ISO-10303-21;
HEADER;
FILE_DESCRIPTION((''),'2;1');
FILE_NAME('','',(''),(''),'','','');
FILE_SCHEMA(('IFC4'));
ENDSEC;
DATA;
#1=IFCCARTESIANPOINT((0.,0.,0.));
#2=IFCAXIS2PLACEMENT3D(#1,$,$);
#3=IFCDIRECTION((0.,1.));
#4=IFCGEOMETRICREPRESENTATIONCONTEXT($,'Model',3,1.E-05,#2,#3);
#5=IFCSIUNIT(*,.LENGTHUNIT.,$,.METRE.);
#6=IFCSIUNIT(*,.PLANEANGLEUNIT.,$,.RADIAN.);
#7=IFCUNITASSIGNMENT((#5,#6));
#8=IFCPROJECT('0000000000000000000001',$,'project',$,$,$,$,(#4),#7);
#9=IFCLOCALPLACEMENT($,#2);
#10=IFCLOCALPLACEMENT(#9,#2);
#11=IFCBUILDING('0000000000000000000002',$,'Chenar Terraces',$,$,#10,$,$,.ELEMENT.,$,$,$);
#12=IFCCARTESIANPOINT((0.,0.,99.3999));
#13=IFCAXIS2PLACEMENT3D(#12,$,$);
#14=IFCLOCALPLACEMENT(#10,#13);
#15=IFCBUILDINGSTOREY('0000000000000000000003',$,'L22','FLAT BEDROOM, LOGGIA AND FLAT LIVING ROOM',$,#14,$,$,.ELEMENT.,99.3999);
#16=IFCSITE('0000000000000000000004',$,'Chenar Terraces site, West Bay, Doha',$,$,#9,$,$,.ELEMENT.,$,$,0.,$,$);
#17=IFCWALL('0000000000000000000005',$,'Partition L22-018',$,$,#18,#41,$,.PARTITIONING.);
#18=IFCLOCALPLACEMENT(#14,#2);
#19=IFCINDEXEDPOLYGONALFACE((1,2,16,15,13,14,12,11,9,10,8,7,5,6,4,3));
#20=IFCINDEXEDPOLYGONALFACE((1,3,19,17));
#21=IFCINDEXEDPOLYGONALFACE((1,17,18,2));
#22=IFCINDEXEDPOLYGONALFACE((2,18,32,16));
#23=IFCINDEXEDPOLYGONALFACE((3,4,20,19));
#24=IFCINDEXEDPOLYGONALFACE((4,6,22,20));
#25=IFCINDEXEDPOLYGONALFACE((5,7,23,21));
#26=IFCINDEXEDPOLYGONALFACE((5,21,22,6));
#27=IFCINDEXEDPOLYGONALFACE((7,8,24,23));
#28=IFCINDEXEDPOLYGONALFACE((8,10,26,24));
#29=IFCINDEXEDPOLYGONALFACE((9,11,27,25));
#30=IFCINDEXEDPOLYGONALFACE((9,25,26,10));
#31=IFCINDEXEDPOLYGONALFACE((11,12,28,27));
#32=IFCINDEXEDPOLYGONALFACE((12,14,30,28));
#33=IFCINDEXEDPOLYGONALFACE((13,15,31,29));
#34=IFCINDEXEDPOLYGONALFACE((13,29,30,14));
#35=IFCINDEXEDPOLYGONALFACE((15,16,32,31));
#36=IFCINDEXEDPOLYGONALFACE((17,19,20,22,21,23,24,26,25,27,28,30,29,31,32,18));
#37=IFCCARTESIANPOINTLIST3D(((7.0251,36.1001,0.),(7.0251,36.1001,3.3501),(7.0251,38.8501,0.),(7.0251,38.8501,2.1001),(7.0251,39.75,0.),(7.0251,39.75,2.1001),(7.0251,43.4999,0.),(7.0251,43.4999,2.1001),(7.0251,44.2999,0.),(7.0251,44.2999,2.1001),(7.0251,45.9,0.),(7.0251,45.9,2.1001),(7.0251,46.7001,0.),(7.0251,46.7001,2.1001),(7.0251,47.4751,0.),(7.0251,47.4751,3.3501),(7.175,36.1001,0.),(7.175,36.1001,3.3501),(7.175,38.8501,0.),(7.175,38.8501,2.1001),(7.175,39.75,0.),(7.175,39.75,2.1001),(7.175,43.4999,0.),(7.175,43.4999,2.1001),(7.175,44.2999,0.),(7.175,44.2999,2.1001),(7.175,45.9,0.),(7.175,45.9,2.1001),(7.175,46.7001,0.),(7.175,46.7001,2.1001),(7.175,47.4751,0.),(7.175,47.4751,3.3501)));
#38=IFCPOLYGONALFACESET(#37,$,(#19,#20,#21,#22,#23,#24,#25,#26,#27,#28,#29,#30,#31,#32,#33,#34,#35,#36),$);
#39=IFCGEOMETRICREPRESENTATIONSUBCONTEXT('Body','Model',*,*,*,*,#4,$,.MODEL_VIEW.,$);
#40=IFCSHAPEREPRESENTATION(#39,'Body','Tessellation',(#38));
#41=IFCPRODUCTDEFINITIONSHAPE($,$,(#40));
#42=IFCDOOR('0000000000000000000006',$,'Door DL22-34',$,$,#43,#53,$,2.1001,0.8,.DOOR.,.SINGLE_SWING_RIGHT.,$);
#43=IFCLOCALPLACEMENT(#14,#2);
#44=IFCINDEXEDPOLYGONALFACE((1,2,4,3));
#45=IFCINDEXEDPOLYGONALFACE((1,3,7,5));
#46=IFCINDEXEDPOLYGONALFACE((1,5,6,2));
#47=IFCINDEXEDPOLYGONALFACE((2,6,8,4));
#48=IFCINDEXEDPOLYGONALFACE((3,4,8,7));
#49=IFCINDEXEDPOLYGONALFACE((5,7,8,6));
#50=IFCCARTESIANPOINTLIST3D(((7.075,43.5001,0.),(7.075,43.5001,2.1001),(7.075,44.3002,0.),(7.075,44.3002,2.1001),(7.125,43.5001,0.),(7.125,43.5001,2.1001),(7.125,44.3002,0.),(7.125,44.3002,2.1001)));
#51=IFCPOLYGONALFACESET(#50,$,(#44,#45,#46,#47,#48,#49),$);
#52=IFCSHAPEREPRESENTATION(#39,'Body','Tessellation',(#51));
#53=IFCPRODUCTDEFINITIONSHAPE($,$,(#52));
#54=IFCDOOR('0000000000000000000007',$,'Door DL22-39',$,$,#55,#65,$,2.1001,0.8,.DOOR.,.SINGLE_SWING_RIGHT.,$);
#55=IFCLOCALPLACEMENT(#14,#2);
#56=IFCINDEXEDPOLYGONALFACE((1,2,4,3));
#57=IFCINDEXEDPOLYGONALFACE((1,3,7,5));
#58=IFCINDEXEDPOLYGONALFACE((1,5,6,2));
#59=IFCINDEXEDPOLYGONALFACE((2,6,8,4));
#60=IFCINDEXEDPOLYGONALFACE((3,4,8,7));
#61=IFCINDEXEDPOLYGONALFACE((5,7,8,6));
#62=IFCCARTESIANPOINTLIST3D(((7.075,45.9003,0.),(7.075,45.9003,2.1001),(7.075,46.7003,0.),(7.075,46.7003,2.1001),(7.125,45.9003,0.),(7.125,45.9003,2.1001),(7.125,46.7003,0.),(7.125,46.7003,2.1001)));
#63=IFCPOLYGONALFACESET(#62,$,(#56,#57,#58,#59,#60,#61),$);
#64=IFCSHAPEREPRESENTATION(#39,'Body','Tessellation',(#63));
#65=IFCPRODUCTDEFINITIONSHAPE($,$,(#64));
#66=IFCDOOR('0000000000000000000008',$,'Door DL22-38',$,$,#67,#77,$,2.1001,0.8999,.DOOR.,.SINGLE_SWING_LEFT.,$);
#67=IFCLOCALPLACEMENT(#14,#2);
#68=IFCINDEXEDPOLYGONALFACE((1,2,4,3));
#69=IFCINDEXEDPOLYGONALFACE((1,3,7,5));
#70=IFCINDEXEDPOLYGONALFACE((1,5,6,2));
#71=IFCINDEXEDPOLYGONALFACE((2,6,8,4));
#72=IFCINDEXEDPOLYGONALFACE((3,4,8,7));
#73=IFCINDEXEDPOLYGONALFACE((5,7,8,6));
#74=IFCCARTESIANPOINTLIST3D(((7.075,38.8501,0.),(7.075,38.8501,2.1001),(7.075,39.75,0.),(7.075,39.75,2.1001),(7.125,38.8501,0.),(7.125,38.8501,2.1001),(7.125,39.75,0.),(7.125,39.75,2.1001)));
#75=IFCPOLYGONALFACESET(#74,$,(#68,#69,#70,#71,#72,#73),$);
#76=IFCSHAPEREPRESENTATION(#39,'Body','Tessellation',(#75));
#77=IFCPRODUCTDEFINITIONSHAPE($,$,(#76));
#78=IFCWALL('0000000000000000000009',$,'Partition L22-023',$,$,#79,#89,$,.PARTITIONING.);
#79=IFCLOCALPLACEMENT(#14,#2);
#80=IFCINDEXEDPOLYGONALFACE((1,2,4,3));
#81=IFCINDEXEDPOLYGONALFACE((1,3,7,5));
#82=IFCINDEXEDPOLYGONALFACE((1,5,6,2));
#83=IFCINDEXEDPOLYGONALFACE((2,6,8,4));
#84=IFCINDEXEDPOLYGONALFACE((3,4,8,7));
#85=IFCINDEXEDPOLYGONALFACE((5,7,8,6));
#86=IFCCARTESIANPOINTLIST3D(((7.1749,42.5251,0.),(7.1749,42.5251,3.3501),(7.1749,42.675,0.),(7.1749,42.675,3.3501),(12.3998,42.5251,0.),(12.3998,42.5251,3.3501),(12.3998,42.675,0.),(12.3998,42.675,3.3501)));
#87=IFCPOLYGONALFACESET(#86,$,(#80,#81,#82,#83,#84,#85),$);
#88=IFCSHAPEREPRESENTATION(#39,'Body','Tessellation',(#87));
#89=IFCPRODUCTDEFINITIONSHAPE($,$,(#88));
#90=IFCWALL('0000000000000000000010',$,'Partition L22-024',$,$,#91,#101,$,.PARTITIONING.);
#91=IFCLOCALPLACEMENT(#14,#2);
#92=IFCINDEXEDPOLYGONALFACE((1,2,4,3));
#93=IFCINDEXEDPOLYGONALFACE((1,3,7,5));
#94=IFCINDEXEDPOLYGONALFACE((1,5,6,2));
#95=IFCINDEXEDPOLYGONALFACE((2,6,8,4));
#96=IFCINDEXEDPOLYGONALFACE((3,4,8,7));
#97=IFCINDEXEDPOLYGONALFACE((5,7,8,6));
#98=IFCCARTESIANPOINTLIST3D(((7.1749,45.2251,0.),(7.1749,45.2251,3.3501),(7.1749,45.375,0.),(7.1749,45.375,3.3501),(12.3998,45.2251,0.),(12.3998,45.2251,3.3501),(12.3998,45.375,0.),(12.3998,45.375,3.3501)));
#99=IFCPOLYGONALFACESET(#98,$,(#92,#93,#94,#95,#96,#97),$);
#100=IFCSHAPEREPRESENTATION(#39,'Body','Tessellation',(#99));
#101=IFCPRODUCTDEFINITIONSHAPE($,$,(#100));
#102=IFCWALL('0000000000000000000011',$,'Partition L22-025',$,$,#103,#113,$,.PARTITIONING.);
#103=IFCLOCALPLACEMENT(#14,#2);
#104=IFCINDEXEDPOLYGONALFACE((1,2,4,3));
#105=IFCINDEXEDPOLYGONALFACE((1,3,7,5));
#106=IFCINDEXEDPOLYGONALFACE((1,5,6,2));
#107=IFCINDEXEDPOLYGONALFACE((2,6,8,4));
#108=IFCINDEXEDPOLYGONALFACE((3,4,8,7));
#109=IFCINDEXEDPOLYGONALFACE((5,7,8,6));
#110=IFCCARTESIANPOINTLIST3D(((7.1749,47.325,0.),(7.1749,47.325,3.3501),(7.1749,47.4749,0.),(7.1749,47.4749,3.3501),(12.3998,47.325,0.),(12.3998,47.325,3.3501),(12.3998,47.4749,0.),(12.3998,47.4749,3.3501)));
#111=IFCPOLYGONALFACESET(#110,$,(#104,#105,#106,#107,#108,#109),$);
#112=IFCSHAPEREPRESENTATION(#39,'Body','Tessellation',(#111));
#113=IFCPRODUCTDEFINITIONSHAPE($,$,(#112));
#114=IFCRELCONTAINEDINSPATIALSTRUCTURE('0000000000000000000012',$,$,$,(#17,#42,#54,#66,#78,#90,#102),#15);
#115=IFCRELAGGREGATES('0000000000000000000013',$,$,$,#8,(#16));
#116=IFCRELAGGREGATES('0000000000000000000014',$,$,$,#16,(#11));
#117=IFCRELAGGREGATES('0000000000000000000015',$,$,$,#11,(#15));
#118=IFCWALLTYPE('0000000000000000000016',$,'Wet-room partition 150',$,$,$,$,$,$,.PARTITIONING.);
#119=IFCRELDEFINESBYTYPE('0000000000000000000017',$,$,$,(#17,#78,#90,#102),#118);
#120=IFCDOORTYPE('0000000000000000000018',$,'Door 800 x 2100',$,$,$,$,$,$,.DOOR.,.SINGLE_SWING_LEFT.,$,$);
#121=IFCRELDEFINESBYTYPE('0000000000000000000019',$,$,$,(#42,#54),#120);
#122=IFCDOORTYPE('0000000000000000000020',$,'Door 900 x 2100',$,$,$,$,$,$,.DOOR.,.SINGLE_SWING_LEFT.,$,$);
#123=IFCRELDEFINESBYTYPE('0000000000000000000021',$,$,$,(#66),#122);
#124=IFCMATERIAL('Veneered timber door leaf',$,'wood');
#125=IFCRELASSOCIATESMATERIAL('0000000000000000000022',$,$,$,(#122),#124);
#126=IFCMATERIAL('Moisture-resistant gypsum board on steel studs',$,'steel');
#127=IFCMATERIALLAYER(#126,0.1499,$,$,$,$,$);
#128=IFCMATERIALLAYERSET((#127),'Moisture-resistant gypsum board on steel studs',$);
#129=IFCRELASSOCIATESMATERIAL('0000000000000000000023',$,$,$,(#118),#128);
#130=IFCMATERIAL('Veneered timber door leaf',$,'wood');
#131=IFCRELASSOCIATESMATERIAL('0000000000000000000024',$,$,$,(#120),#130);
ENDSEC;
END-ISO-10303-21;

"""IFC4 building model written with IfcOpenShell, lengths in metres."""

from ifc_helpers import new_model, si_unit, direction, frame, frame_2d, origin, place, context, subcontext, project, spatial, rectangle, extrude, material, layer, layer_set, type_object, element, fill, save


model = new_model("IFC4")

# Units and contexts
model_context = context("Model", 3, precision=1e-05, world=origin(), true_north=direction((0.0, 1.0)))
body_context = subcontext(model_context, "Body", "Model", "MODEL_VIEW")
ifc_project = project(units=[si_unit("LENGTHUNIT", "METRE"), si_unit("PLANEANGLEUNIT", "RADIAN")], contexts=[model_context])

# Site, building, storey
site_placement = place(None, origin())
site = spatial("IfcSite", under=ifc_project, at=site_placement, Name="Chenar Terraces site, West Bay, Doha", CompositionType="ELEMENT", RefElevation=0.0)
building_placement = place(site_placement, origin())
building = spatial("IfcBuilding", under=site, at=building_placement, Name="Chenar Terraces", CompositionType="ELEMENT")
storey_placement = place(building_placement, frame((0.0, 0.0, 99.3999)))
storey = spatial("IfcBuildingStorey", under=building, at=storey_placement, Name="L22", Description="FLAT BEDROOM, LOGGIA AND FLAT LIVING ROOM", CompositionType="ELEMENT", Elevation=99.3999)

# Wall, openings, doors
ifc_material_1 = material(Name="Veneered timber door leaf", Category="wood")
door_type_1 = type_object("IfcDoorType", Name="Door 900 x 2100", OperationType="SINGLE_SWING_LEFT", PredefinedType="DOOR", material=ifc_material_1)
ifc_material_2 = material(Name="Moisture-resistant gypsum board on steel studs", Category="steel")
ifc_layer_1 = layer(ifc_material_2, 0.1499)
ifc_layer_set_1 = layer_set([ifc_layer_1], Name="Moisture-resistant gypsum board on steel studs")
wall_type_1 = type_object("IfcWallType", Name="Wet-room partition 150", PredefinedType="PARTITIONING", material=ifc_layer_set_1)
wall_1_placement = place(storey_placement, frame((7.1001, 36.1001, 0.0), z_axis=(0.0, 0.0, 1.0), x_axis=(0.0, 1.0, 0.0)))
wall_1 = element("IfcWall", 1, at=wall_1_placement, inside=storey, type_object=wall_type_1, Name="Partition L22-018", PredefinedType="PARTITIONING", context=body_context, shape_type="SweptSolid", body=[
    extrude(rectangle(XDim=11.375, YDim=0.1499, at=frame_2d((5.6875, 0.0))), origin(), (0.0, 0.0, 1.0), 3.3501),
])
opening_1_placement = place(wall_1_placement, frame((7.3999, 0.0, 0.0)))
opening_1 = element("IfcOpeningElement", 2, at=opening_1_placement, cuts=wall_1, PredefinedType="OPENING", context=body_context, shape_type="SweptSolid", body=[
    extrude(rectangle(XDim=0.8, YDim=2.1001, at=frame_2d((0.3999, 1.05))), frame((0.0, 0.085, 0.0), z_axis=(0.0, -1.0, 0.0), x_axis=(1.0, 0.0, 0.0)), (0.0, 0.0, 1.0), 0.1699),
])
opening_2_placement = place(wall_1_placement, frame((2.75, 0.0, 0.0)))
opening_2 = element("IfcOpeningElement", 3, at=opening_2_placement, cuts=wall_1, PredefinedType="OPENING", context=body_context, shape_type="SweptSolid", body=[
    extrude(rectangle(XDim=0.8999, YDim=2.1001, at=frame_2d((0.45, 1.05))), frame((0.0, 0.085, 0.0), z_axis=(0.0, -1.0, 0.0), x_axis=(1.0, 0.0, 0.0)), (0.0, 0.0, 1.0), 0.1699),
])
opening_3_placement = place(wall_1_placement, frame((9.8, 0.0, 0.0)))
opening_3 = element("IfcOpeningElement", 4, at=opening_3_placement, cuts=wall_1, PredefinedType="OPENING", context=body_context, shape_type="SweptSolid", body=[
    extrude(rectangle(XDim=0.8, YDim=2.1001, at=frame_2d((0.3999, 1.05))), frame((0.0, 0.085, 0.0), z_axis=(0.0, -1.0, 0.0), x_axis=(1.0, 0.0, 0.0)), (0.0, 0.0, 1.0), 0.1699),
])
ifc_material_3 = material(Name="Veneered timber door leaf", Category="wood")
door_type_2 = type_object("IfcDoorType", Name="Door 800 x 2100", OperationType="SINGLE_SWING_LEFT", PredefinedType="DOOR", material=ifc_material_3)
door_1_placement = place(opening_1_placement, frame((0.8, 0.0, 0.0), z_axis=(0.0, 0.0, 1.0), x_axis=(-1.0, 0.0, 0.0)))
door_1 = element("IfcDoor", 5, at=door_1_placement, inside=storey, type_object=door_type_2, Name="Door DL22-34", OperationType="SINGLE_SWING_RIGHT", OverallHeight=2.1001, OverallWidth=0.8, PredefinedType="DOOR", context=body_context, shape_type="SweptSolid", body=[
    extrude(rectangle(XDim=0.8, YDim=2.1001, at=frame_2d((0.3999, 1.05))), frame((0.0, 0.0249, 0.0), z_axis=(0.0, -1.0, 0.0), x_axis=(1.0, 0.0, 0.0)), (0.0, 0.0, 1.0), 0.05),
])
fill(opening_1, door_1)
door_2_placement = place(opening_3_placement, frame((0.8, 0.0, 0.0), z_axis=(0.0, 0.0, 1.0), x_axis=(-1.0, 0.0, 0.0)))
door_2 = element("IfcDoor", 6, at=door_2_placement, inside=storey, type_object=door_type_2, Name="Door DL22-39", OperationType="SINGLE_SWING_RIGHT", OverallHeight=2.1001, OverallWidth=0.8, PredefinedType="DOOR", context=body_context, shape_type="SweptSolid", body=[
    extrude(rectangle(XDim=0.8, YDim=2.1001, at=frame_2d((0.3999, 1.05))), frame((0.0, 0.0249, 0.0), z_axis=(0.0, -1.0, 0.0), x_axis=(1.0, 0.0, 0.0)), (0.0, 0.0, 1.0), 0.05),
])
fill(opening_3, door_2)
door_3_placement = place(opening_2_placement, frame((0.8999, 0.0, 0.0), z_axis=(0.0, 0.0, 1.0), x_axis=(-1.0, 0.0, 0.0)))
door_3 = element("IfcDoor", 7, at=door_3_placement, inside=storey, type_object=door_type_1, Name="Door DL22-38", OperationType="SINGLE_SWING_LEFT", OverallHeight=2.1001, OverallWidth=0.8999, PredefinedType="DOOR", context=body_context, shape_type="SweptSolid", body=[
    extrude(rectangle(XDim=0.8999, YDim=2.1001, at=frame_2d((0.45, 1.05))), frame((0.0, 0.0249, 0.0), z_axis=(0.0, -1.0, 0.0), x_axis=(1.0, 0.0, 0.0)), (0.0, 0.0, 1.0), 0.05),
])
fill(opening_2, door_3)

# Walls
for number, where, z_axis, x_axis, name in (
    (8, (7.175, 42.6001, 0.0), (0.0, 0.0, 1.0), (1.0, 0.0, 0.0), "Partition L22-023"),
    (9, (7.175, 45.3, 0.0), (0.0, 0.0, 1.0), (1.0, 0.0, 0.0), "Partition L22-024"),
    (10, (7.175, 47.3999, 0.0), (0.0, 0.0, 1.0), (1.0, 0.0, 0.0), "Partition L22-025"),
):
    element("IfcWall", number, at=place(storey_placement, frame(where, z_axis=z_axis, x_axis=x_axis)), inside=storey, type_object=wall_type_1, Name=name, PredefinedType="PARTITIONING", context=body_context, shape_type="SweptSolid", body=[
        extrude(rectangle(XDim=5.2249, YDim=0.1499, at=frame_2d((2.6123, 0.0))), origin(), (0.0, 0.0, 1.0), 3.3501),
    ])

save(model, "model.ifc")
